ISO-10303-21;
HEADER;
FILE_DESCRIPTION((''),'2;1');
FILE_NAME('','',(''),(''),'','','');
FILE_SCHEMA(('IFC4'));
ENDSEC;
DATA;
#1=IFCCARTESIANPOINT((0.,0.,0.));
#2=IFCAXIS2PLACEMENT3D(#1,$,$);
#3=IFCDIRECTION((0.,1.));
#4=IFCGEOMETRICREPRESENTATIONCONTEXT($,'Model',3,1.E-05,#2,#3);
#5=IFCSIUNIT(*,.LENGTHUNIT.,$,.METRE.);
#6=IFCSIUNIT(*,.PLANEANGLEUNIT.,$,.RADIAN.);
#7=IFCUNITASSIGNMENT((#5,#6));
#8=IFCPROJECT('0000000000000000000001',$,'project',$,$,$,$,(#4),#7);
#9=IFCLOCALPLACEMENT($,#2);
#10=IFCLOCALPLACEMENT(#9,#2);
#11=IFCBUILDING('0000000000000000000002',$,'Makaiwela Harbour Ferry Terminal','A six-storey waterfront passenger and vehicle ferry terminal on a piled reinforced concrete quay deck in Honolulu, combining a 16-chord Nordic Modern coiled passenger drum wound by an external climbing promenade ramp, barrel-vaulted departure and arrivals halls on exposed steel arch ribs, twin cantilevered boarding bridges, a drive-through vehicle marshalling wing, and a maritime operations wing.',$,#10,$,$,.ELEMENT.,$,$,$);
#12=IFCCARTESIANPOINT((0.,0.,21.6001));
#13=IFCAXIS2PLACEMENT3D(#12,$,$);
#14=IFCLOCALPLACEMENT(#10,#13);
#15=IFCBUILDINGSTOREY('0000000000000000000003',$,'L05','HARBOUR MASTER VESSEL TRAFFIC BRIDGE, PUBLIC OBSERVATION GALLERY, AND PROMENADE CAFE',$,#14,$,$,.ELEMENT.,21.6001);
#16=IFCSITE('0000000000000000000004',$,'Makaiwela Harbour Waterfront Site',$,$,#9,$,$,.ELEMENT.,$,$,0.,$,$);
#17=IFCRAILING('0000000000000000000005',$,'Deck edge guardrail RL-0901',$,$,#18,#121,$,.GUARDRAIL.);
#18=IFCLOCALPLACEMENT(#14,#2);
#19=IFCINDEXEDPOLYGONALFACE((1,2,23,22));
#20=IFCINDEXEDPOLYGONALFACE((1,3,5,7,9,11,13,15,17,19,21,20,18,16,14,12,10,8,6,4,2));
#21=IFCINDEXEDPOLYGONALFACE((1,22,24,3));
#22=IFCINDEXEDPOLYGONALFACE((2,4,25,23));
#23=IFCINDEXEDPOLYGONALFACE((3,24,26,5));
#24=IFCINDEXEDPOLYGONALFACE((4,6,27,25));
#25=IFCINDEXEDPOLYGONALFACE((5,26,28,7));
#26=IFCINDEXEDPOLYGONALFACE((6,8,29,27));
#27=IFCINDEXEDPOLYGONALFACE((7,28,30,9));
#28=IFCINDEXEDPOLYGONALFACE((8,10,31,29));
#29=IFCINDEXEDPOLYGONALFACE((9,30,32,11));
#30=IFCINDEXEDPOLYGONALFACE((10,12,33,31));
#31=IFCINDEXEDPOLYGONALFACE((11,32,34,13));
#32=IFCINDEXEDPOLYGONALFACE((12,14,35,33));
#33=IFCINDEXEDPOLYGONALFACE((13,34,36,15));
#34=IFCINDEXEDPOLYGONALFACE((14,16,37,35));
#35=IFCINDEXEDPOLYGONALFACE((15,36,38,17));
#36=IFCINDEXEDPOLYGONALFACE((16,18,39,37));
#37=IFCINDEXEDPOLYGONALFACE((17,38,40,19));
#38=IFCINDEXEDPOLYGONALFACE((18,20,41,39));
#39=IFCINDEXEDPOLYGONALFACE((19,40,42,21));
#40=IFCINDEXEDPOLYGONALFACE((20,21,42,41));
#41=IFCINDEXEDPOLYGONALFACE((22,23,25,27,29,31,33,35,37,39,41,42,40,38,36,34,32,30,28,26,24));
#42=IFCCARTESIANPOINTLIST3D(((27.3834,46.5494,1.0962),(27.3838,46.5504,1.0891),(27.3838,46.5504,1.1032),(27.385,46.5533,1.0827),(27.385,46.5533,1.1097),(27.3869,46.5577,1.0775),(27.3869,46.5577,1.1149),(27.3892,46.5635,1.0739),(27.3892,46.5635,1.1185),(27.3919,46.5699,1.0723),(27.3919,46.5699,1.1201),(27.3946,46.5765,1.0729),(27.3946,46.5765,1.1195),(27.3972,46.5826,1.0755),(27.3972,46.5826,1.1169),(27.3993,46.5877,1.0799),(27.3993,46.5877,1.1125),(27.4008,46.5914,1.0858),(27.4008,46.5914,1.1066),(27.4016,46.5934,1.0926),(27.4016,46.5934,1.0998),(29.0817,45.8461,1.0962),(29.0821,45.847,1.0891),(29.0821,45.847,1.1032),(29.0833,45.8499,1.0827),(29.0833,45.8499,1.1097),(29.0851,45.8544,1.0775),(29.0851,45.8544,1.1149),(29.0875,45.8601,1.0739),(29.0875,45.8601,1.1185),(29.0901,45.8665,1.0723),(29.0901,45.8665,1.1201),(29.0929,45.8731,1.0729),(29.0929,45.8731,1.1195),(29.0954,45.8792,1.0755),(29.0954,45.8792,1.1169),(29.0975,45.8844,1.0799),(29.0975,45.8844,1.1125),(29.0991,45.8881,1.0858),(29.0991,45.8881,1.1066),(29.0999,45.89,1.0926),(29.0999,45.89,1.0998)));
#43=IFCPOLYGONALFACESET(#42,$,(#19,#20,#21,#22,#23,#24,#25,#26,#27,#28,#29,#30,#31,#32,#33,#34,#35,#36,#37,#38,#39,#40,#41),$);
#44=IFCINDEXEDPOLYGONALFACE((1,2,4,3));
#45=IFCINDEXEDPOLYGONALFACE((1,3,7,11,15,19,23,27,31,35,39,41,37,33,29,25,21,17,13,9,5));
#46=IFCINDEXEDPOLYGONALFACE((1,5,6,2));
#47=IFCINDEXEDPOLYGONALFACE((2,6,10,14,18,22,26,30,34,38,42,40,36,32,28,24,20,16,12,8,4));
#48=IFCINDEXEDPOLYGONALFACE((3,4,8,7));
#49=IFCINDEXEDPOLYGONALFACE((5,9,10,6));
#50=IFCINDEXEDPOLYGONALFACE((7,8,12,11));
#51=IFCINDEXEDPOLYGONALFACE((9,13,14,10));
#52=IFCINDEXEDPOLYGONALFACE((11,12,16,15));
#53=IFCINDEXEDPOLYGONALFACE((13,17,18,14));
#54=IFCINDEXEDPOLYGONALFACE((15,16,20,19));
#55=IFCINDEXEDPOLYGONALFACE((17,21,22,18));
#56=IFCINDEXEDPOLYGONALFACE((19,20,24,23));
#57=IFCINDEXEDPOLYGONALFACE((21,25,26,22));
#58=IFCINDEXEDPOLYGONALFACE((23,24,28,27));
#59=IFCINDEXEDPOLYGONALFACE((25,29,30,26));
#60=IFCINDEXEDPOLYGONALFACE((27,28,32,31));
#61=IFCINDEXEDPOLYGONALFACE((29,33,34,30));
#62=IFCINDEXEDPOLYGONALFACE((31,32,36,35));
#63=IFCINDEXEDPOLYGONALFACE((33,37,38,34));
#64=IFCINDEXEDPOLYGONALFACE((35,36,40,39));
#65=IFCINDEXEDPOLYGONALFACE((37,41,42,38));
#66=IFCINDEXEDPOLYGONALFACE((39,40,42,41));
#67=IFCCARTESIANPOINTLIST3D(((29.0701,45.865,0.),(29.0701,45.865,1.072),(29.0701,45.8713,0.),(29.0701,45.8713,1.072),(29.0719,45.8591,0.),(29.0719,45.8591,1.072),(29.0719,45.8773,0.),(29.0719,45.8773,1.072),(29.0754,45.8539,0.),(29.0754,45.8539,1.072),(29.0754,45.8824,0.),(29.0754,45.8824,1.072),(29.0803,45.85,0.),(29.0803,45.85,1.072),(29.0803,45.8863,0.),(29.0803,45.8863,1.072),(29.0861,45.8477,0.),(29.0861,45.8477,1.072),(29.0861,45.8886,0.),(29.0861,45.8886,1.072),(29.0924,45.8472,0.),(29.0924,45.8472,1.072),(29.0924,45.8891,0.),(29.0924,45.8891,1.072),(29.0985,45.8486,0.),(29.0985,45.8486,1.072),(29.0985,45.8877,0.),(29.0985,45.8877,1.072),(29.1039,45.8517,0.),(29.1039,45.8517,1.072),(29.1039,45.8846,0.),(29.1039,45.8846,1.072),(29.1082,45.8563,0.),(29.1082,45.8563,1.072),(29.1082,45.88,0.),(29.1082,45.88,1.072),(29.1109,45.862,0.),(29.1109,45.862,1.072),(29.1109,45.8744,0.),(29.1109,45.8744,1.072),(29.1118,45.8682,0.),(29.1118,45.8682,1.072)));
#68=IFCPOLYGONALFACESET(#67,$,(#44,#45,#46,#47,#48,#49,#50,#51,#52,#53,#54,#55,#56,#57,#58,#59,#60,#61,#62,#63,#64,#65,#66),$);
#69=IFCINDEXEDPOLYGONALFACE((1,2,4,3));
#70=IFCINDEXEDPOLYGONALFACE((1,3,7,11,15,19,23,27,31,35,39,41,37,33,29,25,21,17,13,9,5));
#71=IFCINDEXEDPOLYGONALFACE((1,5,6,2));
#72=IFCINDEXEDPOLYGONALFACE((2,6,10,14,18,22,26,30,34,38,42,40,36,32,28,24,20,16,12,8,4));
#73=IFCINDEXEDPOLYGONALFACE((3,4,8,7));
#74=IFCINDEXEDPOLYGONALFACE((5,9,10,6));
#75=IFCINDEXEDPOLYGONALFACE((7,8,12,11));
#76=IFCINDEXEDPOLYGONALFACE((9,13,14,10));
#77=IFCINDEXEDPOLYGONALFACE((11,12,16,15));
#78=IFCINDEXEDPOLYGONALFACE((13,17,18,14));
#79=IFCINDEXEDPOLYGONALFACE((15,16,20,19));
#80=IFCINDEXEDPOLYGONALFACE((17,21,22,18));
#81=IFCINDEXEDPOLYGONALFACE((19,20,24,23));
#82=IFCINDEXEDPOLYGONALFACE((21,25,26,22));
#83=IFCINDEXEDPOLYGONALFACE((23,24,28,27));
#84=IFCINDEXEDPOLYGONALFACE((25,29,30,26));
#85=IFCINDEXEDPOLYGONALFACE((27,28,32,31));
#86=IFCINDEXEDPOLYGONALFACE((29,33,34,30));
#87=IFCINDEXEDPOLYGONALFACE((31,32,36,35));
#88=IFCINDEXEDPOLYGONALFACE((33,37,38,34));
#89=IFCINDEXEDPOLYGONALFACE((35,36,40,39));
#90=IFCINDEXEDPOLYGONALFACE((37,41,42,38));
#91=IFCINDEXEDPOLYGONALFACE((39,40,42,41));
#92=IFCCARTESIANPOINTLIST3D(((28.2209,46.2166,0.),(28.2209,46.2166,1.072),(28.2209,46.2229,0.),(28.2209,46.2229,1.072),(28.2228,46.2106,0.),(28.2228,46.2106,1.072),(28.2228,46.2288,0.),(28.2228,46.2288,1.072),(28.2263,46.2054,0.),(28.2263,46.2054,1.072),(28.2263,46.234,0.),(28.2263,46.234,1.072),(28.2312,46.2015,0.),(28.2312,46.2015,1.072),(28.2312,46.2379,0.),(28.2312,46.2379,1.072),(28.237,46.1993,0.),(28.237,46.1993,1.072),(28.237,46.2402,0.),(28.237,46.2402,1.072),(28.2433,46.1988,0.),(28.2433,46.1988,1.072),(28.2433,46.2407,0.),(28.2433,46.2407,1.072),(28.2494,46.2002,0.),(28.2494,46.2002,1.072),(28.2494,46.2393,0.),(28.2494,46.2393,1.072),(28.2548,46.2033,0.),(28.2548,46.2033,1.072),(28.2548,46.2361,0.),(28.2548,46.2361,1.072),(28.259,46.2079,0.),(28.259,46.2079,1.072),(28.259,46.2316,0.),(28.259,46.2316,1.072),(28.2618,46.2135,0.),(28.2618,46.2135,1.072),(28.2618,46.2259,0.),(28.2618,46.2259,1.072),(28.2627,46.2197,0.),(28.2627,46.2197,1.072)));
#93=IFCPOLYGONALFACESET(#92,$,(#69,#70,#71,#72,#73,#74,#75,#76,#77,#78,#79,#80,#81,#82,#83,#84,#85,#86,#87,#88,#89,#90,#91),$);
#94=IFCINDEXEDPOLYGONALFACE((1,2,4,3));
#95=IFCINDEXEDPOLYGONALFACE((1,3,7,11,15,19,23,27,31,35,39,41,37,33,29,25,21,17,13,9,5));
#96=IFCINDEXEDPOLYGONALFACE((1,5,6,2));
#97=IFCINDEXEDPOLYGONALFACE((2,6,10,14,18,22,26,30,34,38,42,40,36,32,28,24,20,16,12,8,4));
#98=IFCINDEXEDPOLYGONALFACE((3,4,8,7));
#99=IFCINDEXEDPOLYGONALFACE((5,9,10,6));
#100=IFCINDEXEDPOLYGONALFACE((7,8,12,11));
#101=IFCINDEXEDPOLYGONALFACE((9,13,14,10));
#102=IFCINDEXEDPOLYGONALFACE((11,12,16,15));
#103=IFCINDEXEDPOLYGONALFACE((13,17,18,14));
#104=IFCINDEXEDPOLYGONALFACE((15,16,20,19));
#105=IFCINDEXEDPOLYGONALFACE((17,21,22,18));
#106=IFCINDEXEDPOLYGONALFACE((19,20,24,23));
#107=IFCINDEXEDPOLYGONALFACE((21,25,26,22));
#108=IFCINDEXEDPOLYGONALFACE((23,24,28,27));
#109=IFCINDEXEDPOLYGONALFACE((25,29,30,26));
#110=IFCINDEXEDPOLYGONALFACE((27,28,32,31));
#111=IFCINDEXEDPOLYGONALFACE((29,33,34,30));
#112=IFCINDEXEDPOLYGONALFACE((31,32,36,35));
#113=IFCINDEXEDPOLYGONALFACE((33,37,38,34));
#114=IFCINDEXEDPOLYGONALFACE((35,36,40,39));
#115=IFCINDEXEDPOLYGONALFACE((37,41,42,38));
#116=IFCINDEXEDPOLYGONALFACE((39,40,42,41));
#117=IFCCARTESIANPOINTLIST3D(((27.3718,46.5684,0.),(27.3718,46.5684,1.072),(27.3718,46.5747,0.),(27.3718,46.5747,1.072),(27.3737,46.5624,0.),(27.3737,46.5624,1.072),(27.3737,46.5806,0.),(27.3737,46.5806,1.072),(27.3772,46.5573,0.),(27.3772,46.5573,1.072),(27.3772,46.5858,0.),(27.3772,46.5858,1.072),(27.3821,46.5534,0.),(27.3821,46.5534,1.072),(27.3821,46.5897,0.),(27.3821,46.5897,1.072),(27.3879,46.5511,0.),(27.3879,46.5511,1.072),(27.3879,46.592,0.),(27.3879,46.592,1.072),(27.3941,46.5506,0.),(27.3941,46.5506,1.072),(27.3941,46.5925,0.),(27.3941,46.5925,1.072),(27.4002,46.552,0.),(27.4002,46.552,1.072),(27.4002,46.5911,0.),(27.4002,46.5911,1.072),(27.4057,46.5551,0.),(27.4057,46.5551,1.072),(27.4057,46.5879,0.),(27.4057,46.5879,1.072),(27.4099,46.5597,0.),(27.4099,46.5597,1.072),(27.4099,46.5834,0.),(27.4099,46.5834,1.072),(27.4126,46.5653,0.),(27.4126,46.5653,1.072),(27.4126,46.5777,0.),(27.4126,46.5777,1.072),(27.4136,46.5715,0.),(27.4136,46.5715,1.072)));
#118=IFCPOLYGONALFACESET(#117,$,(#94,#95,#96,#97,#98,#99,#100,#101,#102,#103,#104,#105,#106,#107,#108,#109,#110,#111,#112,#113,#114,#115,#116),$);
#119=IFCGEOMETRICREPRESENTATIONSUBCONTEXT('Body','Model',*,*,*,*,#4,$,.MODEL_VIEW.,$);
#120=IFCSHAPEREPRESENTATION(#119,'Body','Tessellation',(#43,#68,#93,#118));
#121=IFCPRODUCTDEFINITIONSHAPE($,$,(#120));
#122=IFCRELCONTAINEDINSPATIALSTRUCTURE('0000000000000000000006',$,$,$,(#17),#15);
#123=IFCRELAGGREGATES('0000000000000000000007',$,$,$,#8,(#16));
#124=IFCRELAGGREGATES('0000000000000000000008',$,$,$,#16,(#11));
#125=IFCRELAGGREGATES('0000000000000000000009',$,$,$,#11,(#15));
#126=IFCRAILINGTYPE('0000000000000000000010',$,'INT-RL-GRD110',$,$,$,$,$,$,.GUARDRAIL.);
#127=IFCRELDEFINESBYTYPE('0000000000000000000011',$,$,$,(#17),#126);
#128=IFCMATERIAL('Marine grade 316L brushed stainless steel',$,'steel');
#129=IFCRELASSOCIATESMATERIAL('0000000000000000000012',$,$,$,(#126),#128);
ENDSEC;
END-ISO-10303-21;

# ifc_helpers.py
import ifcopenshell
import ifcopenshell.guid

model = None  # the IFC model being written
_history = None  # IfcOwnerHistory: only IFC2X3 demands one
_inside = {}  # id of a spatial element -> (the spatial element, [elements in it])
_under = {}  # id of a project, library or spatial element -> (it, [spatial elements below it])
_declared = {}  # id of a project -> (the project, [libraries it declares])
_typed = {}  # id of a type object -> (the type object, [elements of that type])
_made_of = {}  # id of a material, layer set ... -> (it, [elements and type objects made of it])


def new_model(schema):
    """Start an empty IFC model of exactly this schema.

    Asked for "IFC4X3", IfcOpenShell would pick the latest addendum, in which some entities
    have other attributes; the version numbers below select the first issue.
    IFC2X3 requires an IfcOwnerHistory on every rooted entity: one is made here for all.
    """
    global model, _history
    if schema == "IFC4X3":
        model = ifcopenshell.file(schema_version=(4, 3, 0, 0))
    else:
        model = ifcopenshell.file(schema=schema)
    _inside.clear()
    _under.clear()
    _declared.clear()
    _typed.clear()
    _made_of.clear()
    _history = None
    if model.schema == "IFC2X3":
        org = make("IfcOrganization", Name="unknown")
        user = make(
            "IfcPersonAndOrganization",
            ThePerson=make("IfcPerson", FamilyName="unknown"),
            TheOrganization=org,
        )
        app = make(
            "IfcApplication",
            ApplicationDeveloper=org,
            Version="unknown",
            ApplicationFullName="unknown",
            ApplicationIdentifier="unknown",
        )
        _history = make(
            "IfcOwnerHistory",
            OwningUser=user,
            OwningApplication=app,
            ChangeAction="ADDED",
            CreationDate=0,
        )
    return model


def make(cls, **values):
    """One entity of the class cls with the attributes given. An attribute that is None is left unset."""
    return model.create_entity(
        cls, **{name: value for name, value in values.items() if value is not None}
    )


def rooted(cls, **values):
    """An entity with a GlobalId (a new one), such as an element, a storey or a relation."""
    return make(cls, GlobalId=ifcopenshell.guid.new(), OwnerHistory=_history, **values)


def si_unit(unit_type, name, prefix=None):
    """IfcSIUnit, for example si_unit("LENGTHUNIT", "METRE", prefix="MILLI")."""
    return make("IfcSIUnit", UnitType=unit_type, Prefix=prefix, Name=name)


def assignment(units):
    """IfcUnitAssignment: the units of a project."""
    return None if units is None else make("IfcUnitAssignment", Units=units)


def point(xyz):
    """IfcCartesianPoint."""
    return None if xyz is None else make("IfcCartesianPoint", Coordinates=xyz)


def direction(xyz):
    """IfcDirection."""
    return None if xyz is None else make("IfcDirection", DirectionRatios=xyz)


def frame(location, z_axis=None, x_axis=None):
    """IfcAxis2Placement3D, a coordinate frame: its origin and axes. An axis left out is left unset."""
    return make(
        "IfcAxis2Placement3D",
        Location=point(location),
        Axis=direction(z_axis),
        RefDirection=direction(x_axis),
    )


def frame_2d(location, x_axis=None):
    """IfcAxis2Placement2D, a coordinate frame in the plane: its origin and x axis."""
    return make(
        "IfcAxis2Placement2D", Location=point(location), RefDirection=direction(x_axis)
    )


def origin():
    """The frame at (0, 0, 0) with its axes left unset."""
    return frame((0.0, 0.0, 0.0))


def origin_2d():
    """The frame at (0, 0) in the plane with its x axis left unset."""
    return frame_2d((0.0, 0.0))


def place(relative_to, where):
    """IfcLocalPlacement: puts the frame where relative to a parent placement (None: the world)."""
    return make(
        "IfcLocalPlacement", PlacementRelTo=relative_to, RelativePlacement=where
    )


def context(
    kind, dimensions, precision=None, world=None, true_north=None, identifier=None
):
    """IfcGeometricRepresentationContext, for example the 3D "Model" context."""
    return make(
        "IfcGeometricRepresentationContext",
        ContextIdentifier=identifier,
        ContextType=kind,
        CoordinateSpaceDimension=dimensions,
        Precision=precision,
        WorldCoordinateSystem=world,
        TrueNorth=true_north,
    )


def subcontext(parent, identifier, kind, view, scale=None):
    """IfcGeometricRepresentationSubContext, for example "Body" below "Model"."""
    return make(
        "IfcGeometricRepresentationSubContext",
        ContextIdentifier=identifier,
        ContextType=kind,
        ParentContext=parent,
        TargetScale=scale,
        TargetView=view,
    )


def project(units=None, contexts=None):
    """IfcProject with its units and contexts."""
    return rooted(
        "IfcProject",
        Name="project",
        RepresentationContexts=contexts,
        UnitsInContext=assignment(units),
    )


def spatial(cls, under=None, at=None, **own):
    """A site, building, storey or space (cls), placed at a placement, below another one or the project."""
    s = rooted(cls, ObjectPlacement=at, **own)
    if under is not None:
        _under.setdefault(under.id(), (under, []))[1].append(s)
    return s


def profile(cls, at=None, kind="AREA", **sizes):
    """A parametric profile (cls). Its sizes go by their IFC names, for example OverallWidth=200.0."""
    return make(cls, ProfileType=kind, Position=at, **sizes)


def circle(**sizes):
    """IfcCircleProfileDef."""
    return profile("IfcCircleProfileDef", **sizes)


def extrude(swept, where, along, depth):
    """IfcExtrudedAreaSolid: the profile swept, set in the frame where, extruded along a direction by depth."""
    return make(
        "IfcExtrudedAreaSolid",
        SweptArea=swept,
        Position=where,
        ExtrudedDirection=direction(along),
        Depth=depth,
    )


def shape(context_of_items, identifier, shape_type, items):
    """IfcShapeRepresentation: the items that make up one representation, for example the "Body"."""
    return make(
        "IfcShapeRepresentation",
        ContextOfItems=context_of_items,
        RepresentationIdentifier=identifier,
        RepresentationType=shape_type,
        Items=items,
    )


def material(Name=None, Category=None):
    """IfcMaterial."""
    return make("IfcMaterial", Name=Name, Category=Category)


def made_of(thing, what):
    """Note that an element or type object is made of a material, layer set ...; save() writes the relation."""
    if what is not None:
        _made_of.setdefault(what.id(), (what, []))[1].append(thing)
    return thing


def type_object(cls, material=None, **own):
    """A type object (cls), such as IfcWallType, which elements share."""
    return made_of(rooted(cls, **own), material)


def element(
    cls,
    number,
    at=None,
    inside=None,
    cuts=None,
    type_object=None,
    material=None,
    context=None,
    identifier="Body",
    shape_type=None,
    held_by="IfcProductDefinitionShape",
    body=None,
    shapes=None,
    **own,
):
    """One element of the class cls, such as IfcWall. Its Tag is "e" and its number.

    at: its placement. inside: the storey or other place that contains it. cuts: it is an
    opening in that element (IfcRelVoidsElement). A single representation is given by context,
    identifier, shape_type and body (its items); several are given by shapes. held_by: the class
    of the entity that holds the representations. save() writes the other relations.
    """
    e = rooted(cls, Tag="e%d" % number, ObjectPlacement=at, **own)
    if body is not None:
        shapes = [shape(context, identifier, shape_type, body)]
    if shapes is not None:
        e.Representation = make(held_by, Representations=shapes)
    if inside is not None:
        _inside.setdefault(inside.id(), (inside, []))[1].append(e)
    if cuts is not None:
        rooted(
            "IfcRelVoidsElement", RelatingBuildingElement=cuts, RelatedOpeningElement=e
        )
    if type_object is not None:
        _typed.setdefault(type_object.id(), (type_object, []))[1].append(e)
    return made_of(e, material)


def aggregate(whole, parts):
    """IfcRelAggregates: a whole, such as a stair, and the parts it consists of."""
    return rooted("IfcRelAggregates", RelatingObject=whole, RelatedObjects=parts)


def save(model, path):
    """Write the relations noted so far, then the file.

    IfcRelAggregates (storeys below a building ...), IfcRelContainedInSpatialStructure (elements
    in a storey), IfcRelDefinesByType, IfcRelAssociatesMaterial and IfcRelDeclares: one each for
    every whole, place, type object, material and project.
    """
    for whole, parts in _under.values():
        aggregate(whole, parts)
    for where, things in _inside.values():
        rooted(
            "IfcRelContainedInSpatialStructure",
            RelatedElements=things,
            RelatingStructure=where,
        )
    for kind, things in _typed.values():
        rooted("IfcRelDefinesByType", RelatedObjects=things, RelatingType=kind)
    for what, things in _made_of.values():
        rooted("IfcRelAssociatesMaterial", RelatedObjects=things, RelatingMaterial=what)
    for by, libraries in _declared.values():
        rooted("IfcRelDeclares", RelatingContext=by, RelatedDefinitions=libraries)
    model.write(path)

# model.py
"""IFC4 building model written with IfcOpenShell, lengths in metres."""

from ifc_helpers import new_model, si_unit, direction, frame, origin, origin_2d, place, context, subcontext, project, spatial, circle, extrude, material, type_object, element, save


model = new_model("IFC4")

# Units and contexts
model_context = context("Model", 3, precision=1e-05, world=origin(), true_north=direction((0.0, 1.0)))
body_context = subcontext(model_context, "Body", "Model", "MODEL_VIEW")
ifc_project = project(units=[si_unit("LENGTHUNIT", "METRE"), si_unit("PLANEANGLEUNIT", "RADIAN")], contexts=[model_context])

# Site, building, storey
site_placement = place(None, origin())
site = spatial("IfcSite", under=ifc_project, at=site_placement, Name="Makaiwela Harbour Waterfront Site", CompositionType="ELEMENT", RefElevation=0.0)
building_placement = place(site_placement, origin())
building = spatial("IfcBuilding", under=site, at=building_placement, Name="Makaiwela Harbour Ferry Terminal", Description="A six-storey waterfront passenger and vehicle ferry terminal on a piled reinforced concrete quay deck in Honolulu, combining a 16-chord Nordic Modern coiled passenger drum wound by an external climbing promenade ramp, barrel-vaulted departure and arrivals halls on exposed steel arch ribs, twin cantilevered boarding bridges, a drive-through vehicle marshalling wing, and a maritime operations wing.", CompositionType="ELEMENT")
storey_placement = place(building_placement, frame((0.0, 0.0, 21.6001)))
storey = spatial("IfcBuildingStorey", under=building, at=storey_placement, Name="L05", Description="HARBOUR MASTER VESSEL TRAFFIC BRIDGE, PUBLIC OBSERVATION GALLERY, AND PROMENADE CAFE", CompositionType="ELEMENT", Elevation=21.6001)

# Railing
ifc_material_1 = material(Name="Marine grade 316L brushed stainless steel", Category="steel")
railing_type = type_object("IfcRailingType", Name="INT-RL-GRD110", PredefinedType="GUARDRAIL", material=ifc_material_1)
railing_1_placement = place(storey_placement, frame((29.0908, 45.8682, 0.0)))
element("IfcRailing", 1, at=railing_1_placement, inside=storey, type_object=railing_type, Name="Deck edge guardrail RL-0901", PredefinedType="GUARDRAIL", context=body_context, shape_type="SweptSolid", body=[
    extrude(circle(Radius=0.0239, at=origin_2d()), frame((0.0, 0.0, 1.0962), z_axis=(-0.923892, 0.382653, 0.0), x_axis=(-0.382653, -0.923892, 0.0)), (0.0, 0.0, 1.0), 1.8381),
    extrude(circle(Radius=0.021, at=origin_2d()), origin(), (0.0, 0.0, 1.0), 1.072),
    extrude(circle(Radius=0.021, at=origin_2d()), frame((-0.8491, 0.3516, 0.0)), (0.0, 0.0, 1.0), 1.072),
    extrude(circle(Radius=0.021, at=origin_2d()), frame((-1.6982, 0.7034, 0.0)), (0.0, 0.0, 1.0), 1.072),
])

save(model, "model.ifc")
